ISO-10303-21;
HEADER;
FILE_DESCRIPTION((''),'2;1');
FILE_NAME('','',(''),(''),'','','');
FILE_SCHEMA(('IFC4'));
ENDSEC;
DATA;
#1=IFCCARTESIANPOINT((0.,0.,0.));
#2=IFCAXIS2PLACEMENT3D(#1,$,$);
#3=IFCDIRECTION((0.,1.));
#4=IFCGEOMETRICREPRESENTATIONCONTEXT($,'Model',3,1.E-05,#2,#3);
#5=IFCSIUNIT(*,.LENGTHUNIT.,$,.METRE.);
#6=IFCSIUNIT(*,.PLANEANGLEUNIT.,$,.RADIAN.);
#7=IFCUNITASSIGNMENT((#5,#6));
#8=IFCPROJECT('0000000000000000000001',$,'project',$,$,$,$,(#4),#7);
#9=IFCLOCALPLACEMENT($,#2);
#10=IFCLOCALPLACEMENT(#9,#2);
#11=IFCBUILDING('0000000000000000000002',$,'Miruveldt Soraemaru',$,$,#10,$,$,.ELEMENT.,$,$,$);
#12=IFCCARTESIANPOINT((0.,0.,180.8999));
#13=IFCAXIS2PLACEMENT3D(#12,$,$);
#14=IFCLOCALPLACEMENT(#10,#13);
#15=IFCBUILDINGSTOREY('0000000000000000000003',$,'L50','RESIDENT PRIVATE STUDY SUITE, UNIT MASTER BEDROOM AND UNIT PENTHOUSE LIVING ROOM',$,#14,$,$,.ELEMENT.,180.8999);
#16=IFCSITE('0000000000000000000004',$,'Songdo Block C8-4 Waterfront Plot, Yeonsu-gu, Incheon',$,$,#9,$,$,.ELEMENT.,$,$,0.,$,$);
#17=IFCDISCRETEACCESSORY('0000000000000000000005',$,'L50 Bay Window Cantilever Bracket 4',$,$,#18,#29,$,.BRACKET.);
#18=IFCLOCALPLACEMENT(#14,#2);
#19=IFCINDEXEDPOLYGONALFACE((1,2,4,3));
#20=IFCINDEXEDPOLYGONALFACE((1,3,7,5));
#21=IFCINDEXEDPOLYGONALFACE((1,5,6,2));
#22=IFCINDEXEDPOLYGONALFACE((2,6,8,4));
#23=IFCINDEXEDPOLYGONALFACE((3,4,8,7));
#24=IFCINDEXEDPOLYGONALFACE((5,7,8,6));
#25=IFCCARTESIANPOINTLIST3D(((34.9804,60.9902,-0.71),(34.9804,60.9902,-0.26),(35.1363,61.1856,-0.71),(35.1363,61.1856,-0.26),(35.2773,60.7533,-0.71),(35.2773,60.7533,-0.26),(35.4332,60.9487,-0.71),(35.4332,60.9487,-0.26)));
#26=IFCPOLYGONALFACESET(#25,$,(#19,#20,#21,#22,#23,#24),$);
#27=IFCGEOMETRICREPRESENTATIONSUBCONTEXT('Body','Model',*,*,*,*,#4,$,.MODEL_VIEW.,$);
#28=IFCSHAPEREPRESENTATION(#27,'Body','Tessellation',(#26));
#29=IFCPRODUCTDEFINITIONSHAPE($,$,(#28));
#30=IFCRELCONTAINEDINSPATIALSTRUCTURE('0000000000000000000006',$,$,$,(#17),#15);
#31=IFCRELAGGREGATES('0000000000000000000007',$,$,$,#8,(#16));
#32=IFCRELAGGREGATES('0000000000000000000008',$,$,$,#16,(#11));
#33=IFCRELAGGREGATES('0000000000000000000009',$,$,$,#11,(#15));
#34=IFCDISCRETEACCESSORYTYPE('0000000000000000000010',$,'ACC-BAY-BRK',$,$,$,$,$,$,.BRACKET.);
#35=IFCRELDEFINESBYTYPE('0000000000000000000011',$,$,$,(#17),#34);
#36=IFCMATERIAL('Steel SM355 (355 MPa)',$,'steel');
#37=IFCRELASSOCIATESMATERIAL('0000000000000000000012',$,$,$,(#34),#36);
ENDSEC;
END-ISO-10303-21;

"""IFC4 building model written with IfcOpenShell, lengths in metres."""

from ifc_helpers import new_model, si_unit, direction, frame, origin, origin_2d, place, context, subcontext, project, spatial, rectangle, extrude, material, type_object, element, save


model = new_model("IFC4")

# Units and contexts
model_context = context("Model", 3, precision=1e-05, world=origin(), true_north=direction((0.0, 1.0)))
body_context = subcontext(model_context, "Body", "Model", "MODEL_VIEW")
ifc_project = project(units=[si_unit("LENGTHUNIT", "METRE"), si_unit("PLANEANGLEUNIT", "RADIAN")], contexts=[model_context])

# Site, building, storey
site_placement = place(None, origin())
site = spatial("IfcSite", under=ifc_project, at=site_placement, Name="Songdo Block C8-4 Waterfront Plot, Yeonsu-gu, Incheon", CompositionType="ELEMENT", RefElevation=0.0)
building_placement = place(site_placement, origin())
building = spatial("IfcBuilding", under=site, at=building_placement, Name="Miruveldt Soraemaru", CompositionType="ELEMENT")
storey_placement = place(building_placement, frame((0.0, 0.0, 180.8999)))
storey = spatial("IfcBuildingStorey", under=building, at=storey_placement, Name="L50", Description="RESIDENT PRIVATE STUDY SUITE, UNIT MASTER BEDROOM AND UNIT PENTHOUSE LIVING ROOM", CompositionType="ELEMENT", Elevation=180.8999)

# Shared definitions
ifc_material_1 = material(Name="Steel SM355 (355 MPa)", Category="steel")

# Discrete accessory
discrete_accessory_type = type_object("IfcDiscreteAccessoryType", Name="ACC-BAY-BRK", PredefinedType="BRACKET", material=ifc_material_1)
discrete_accessory_placement = place(storey_placement, frame((35.2068, 60.9695, -0.71), z_axis=(0.0, 0.0, 1.0), x_axis=(-0.781727, 0.62362, 0.0)))
element("IfcDiscreteAccessory", 1, at=discrete_accessory_placement, inside=storey, type_object=discrete_accessory_type, Name="L50 Bay Window Cantilever Bracket 4", PredefinedType="BRACKET", context=body_context, shape_type="SweptSolid", body=[
    extrude(rectangle(XDim=0.3799, YDim=0.25, at=origin_2d()), origin(), (0.0, 0.0, 1.0), 0.45),
])

save(model, "model.ifc")
